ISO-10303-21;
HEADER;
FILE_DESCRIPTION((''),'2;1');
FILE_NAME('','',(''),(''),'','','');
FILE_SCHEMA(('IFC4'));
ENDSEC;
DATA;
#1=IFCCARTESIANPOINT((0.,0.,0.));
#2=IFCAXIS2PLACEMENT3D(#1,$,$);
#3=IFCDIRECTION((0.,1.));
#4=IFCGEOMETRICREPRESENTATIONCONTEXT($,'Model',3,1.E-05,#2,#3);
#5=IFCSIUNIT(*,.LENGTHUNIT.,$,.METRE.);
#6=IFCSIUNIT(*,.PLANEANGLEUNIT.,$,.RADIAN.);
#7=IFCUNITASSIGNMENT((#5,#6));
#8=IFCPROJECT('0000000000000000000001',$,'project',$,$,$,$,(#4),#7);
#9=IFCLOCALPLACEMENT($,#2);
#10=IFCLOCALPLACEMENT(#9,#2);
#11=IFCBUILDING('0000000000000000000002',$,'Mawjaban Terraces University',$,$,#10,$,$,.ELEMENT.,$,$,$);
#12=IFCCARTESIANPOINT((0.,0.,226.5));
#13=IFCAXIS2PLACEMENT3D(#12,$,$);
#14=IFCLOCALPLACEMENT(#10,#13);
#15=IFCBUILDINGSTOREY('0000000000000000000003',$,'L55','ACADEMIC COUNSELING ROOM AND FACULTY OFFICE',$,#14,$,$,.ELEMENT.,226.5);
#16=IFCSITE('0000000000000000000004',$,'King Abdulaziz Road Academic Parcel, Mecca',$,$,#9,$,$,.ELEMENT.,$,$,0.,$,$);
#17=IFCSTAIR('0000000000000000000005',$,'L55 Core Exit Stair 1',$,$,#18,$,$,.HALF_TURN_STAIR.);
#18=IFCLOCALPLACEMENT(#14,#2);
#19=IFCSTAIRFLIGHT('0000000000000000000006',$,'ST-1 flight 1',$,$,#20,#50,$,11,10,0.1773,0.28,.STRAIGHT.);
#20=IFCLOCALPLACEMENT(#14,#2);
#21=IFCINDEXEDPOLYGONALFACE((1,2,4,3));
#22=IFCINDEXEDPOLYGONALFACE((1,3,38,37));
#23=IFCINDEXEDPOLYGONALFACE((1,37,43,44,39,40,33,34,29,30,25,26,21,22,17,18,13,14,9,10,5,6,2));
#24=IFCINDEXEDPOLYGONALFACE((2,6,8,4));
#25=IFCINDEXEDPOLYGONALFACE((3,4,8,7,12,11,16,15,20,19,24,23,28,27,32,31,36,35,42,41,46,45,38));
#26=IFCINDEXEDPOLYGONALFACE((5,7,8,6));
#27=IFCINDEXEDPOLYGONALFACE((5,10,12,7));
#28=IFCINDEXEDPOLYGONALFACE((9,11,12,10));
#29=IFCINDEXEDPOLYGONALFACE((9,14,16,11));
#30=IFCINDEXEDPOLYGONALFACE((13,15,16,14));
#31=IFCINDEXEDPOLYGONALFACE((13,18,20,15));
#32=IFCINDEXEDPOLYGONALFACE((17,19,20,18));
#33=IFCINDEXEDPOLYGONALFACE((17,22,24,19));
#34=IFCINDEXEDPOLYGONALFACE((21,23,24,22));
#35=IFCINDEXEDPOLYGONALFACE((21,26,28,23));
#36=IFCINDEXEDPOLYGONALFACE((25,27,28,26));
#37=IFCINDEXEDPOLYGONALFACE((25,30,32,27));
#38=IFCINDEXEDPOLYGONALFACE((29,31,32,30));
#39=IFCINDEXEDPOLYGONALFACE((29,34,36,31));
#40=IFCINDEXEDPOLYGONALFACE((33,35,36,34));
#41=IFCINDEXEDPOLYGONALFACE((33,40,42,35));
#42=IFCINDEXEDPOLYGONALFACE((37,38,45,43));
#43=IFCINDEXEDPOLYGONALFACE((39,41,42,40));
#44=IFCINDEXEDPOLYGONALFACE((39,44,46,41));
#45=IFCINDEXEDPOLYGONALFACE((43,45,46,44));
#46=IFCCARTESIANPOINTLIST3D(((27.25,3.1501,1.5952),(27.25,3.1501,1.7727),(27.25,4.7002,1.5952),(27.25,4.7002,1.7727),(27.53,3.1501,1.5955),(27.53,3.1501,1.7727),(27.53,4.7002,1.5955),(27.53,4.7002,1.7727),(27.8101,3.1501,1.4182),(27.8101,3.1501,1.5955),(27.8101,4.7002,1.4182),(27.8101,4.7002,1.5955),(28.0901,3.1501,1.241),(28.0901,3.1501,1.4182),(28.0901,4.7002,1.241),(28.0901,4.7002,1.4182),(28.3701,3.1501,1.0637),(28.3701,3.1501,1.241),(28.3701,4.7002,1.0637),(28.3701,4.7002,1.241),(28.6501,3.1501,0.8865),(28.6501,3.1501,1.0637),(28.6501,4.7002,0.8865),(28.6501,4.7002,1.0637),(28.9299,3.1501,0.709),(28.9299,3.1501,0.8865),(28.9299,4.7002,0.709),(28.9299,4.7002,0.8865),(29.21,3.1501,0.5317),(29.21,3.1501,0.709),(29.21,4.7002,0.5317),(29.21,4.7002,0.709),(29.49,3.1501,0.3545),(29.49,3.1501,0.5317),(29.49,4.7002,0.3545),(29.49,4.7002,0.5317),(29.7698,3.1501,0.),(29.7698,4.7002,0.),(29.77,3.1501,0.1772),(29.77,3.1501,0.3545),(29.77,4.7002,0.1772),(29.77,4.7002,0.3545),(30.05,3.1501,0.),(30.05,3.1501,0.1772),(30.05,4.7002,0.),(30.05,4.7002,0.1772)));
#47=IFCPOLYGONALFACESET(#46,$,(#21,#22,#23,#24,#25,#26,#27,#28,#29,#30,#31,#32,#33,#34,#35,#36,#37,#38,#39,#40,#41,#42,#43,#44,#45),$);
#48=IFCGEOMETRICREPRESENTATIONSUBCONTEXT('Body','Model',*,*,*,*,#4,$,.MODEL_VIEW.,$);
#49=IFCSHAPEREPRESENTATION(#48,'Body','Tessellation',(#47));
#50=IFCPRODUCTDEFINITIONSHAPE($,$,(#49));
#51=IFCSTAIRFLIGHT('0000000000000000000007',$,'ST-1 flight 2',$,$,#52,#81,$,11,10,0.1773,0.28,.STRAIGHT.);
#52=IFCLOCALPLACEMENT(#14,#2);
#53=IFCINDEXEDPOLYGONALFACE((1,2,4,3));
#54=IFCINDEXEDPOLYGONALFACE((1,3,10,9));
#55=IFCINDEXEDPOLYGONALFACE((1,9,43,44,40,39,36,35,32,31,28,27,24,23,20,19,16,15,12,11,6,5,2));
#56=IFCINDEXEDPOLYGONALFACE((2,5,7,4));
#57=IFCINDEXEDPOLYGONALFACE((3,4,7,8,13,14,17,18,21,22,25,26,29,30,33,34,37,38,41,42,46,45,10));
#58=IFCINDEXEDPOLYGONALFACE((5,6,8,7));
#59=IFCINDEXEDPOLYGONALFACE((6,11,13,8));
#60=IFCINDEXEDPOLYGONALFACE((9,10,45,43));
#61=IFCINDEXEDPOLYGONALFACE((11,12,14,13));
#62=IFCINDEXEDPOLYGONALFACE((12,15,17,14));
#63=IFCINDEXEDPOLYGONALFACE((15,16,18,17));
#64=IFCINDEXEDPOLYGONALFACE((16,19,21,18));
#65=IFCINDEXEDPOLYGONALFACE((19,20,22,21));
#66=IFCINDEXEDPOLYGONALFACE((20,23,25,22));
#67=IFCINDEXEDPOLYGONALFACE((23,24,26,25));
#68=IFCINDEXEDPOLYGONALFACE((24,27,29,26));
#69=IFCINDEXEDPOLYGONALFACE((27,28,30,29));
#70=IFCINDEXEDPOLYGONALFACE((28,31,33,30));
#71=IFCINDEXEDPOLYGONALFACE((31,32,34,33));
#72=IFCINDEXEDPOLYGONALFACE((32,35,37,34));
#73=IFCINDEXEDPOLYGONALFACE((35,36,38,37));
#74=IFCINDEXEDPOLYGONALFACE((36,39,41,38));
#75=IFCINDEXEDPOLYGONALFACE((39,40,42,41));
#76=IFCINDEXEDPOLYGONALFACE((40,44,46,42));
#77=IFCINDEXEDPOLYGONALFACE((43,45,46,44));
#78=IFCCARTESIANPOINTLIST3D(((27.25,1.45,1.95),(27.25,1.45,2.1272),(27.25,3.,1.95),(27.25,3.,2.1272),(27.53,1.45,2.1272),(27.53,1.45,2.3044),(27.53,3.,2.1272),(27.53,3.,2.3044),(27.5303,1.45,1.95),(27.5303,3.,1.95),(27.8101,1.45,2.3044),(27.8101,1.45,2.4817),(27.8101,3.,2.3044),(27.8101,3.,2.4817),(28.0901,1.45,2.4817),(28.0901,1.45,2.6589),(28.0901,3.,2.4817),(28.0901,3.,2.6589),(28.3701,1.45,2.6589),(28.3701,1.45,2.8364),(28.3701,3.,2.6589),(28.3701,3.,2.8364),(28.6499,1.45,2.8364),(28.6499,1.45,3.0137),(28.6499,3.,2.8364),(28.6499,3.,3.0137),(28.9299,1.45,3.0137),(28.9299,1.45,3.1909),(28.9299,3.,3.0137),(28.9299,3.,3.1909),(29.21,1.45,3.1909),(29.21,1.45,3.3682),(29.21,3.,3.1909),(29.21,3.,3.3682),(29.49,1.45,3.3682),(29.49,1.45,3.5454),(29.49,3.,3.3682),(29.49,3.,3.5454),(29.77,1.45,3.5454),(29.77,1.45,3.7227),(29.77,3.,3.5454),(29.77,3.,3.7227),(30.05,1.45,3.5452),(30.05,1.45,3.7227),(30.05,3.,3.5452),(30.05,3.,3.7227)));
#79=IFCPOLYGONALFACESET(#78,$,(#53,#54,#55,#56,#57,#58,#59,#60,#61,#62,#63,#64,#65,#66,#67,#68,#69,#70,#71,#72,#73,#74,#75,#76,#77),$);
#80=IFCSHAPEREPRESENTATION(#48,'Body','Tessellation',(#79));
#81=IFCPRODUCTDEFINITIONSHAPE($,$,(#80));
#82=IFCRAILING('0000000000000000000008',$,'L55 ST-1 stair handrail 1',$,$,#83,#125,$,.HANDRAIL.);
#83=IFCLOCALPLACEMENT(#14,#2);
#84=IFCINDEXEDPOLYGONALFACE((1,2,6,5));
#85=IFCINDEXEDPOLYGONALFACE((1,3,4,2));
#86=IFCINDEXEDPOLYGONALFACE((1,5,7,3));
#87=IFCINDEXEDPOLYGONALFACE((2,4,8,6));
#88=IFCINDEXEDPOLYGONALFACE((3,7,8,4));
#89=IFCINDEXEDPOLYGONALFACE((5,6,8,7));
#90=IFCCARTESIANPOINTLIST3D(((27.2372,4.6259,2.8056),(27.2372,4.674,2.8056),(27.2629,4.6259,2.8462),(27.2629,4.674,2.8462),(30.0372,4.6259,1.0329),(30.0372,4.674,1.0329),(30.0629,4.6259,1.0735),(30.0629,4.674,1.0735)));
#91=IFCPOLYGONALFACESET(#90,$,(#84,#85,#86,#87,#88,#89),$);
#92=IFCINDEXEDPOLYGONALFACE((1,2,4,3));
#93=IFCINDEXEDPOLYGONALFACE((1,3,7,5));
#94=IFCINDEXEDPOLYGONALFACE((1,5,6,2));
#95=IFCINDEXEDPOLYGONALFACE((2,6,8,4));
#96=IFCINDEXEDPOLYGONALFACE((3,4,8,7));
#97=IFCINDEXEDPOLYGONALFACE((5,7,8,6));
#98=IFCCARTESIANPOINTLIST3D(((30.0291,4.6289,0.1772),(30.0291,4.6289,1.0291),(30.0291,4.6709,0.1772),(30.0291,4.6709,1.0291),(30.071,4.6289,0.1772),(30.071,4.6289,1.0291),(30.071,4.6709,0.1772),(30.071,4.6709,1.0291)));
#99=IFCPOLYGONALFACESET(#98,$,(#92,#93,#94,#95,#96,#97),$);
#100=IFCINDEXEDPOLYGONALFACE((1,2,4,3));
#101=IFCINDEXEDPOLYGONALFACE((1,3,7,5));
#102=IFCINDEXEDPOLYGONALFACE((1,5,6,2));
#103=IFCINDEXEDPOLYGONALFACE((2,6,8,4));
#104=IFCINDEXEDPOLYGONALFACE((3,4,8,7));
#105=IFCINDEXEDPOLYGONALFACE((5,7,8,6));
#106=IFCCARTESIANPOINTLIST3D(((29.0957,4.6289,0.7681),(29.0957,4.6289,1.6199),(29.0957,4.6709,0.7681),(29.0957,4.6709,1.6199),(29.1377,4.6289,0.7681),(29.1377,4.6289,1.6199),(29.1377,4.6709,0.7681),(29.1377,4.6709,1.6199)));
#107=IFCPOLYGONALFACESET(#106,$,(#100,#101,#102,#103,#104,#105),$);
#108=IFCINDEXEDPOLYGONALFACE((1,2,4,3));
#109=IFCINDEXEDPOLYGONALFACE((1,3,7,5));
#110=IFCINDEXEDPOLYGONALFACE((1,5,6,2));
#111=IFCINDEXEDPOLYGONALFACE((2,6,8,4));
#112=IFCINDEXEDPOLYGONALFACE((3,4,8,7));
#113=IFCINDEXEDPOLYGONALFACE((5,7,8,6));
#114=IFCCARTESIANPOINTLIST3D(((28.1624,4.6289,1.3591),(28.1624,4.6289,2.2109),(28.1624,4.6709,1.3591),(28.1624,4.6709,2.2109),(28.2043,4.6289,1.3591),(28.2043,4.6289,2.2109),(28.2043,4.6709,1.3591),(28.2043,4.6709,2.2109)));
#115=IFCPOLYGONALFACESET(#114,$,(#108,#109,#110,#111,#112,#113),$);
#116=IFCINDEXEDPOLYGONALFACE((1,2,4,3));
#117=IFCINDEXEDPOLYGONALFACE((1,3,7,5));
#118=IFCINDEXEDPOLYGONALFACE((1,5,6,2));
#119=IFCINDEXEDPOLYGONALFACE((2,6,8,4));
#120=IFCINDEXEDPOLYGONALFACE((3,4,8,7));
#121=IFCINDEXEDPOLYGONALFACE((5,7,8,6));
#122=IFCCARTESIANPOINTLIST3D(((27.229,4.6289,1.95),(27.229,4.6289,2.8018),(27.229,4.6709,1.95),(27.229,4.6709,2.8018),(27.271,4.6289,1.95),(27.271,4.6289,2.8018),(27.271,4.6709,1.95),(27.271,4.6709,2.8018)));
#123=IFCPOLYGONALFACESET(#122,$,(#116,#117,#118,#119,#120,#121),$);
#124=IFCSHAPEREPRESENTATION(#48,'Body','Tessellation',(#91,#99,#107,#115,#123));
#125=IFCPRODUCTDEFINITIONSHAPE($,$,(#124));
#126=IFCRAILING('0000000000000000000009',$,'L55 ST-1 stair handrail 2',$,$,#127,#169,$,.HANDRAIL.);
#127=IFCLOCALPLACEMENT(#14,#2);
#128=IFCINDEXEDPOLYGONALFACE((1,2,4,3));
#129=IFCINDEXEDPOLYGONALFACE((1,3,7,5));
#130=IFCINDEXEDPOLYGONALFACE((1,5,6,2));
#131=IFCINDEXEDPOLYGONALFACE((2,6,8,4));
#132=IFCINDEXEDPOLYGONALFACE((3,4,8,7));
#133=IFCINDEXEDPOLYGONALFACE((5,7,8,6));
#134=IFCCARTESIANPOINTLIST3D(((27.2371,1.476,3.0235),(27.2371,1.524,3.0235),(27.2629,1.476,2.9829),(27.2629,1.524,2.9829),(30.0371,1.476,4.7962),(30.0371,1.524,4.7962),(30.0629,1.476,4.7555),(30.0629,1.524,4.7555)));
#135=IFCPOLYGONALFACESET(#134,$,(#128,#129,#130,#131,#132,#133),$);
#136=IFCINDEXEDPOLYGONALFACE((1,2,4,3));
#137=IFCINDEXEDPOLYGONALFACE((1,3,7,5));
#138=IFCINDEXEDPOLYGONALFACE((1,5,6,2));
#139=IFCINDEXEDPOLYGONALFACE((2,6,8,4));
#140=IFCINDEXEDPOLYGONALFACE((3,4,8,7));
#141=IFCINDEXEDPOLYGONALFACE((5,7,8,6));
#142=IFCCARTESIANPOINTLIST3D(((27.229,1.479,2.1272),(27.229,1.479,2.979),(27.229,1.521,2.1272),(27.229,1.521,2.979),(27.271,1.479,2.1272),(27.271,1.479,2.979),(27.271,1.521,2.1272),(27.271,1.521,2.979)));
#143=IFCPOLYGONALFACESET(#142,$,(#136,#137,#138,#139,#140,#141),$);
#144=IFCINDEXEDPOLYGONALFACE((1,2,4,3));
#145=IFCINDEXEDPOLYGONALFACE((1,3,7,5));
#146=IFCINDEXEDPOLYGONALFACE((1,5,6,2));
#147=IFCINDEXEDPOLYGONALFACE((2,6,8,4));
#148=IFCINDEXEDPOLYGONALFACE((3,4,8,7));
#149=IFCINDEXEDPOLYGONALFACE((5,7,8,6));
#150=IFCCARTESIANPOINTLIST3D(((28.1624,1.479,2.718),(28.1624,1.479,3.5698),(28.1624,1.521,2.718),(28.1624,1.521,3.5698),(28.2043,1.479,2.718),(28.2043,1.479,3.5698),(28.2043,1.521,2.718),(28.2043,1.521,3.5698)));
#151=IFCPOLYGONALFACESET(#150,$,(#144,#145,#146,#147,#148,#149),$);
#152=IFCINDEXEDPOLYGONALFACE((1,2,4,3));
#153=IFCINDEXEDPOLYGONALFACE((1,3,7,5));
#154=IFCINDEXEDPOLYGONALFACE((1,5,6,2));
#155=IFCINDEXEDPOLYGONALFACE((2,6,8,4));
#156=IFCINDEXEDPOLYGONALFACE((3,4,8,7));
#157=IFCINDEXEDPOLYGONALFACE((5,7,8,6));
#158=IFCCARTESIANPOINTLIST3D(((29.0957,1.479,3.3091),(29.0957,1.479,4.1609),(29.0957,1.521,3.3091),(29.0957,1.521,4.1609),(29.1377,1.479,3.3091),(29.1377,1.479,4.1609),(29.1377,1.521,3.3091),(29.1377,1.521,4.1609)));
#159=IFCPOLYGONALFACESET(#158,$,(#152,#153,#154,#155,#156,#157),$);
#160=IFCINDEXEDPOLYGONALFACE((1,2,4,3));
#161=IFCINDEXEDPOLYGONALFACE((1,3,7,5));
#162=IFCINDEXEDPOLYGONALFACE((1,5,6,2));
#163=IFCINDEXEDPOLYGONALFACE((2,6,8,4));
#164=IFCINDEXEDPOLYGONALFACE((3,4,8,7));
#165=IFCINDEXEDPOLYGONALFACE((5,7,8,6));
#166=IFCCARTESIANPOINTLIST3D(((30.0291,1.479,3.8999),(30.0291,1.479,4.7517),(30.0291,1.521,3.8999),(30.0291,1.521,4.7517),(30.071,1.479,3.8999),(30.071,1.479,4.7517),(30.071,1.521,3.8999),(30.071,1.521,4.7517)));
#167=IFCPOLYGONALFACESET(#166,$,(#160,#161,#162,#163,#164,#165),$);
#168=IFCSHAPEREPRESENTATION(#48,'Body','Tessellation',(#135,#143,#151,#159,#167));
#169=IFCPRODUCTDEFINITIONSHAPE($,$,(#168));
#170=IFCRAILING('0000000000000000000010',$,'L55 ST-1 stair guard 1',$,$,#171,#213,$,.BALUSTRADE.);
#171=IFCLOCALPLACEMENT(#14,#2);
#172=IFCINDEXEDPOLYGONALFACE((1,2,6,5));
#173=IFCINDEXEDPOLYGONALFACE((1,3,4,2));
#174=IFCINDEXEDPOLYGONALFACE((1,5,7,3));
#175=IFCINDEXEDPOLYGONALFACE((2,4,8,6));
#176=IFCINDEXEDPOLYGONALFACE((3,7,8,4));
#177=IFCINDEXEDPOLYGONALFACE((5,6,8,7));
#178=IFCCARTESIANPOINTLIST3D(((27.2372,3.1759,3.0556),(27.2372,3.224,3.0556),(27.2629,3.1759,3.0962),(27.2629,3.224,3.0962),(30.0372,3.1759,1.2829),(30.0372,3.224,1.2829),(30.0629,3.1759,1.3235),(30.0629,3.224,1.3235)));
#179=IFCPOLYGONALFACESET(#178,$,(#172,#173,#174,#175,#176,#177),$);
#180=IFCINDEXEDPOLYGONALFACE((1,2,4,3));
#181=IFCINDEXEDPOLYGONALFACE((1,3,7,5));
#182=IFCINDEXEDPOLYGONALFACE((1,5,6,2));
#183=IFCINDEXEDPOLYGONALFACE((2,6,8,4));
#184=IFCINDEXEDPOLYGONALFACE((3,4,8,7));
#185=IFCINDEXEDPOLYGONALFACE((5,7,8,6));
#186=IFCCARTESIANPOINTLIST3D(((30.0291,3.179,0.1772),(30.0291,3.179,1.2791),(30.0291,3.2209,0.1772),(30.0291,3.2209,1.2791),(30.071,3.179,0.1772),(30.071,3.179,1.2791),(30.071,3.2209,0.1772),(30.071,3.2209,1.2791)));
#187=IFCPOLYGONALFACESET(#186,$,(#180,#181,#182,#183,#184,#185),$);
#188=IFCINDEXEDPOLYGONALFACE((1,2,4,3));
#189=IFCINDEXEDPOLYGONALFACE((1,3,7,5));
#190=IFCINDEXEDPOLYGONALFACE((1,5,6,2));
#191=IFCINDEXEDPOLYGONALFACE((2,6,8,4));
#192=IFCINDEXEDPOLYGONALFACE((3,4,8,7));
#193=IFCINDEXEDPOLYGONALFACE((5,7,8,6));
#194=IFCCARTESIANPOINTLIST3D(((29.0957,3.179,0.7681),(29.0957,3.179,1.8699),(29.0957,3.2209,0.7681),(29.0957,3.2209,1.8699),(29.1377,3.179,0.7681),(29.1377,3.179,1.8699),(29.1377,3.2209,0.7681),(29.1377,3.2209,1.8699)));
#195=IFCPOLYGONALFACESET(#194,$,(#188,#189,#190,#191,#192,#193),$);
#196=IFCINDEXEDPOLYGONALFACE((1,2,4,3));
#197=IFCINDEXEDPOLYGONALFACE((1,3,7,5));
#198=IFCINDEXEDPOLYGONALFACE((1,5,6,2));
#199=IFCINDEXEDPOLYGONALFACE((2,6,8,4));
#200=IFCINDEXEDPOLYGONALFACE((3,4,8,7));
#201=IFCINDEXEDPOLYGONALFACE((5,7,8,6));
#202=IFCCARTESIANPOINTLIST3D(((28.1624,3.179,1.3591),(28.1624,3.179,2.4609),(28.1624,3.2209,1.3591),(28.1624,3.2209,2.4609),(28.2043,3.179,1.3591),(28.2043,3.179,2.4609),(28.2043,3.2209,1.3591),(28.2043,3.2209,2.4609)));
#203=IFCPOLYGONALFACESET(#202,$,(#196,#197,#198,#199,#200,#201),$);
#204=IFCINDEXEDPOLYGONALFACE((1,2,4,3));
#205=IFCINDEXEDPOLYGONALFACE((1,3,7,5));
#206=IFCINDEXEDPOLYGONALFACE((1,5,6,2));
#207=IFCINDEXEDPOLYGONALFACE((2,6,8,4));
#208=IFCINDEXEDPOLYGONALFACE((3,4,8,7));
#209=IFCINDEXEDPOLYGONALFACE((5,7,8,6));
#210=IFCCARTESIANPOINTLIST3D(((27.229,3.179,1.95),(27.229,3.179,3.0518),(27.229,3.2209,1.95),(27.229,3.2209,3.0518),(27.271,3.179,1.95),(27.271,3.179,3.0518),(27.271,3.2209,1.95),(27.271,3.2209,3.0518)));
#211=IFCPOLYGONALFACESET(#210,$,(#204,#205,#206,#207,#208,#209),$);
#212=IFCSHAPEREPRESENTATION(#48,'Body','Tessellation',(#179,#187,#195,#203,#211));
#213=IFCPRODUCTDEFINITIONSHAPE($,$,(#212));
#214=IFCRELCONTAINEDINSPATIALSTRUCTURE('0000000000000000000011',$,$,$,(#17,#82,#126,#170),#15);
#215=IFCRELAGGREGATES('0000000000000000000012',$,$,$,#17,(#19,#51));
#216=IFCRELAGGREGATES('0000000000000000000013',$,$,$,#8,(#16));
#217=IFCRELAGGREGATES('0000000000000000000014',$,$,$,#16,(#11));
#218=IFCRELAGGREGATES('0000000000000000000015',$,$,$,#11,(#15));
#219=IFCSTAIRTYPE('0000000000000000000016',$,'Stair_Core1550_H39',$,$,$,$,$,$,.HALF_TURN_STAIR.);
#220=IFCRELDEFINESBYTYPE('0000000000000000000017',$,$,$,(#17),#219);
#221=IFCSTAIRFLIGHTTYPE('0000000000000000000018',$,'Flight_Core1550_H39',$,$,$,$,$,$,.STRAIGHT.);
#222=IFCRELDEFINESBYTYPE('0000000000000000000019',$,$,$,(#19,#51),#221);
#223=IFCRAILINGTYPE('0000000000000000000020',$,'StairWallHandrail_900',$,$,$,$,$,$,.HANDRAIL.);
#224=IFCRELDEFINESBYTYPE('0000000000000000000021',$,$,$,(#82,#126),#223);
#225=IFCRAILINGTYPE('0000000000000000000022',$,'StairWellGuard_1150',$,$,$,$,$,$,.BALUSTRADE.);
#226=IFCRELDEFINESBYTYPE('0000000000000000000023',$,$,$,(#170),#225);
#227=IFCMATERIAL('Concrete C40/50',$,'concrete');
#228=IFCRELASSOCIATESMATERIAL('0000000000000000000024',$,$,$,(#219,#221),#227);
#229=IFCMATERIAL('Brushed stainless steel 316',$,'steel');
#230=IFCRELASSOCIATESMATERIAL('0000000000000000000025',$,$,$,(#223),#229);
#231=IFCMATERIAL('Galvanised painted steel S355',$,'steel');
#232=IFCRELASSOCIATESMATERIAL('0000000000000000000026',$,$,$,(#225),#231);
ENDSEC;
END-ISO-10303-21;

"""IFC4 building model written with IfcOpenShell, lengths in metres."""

from ifc_helpers import new_model, si_unit, direction, frame, origin, origin_2d, place, context, subcontext, project, spatial, polyline, rectangle, outline, extrude, material, type_object, element, aggregate, save


model = new_model("IFC4")

# Units and contexts
model_context = context("Model", 3, precision=1e-05, world=origin(), true_north=direction((0.0, 1.0)))
body_context = subcontext(model_context, "Body", "Model", "MODEL_VIEW")
ifc_project = project(units=[si_unit("LENGTHUNIT", "METRE"), si_unit("PLANEANGLEUNIT", "RADIAN")], contexts=[model_context])

# Site, building, storey
site_placement = place(None, origin())
site = spatial("IfcSite", under=ifc_project, at=site_placement, Name="King Abdulaziz Road Academic Parcel, Mecca", CompositionType="ELEMENT", RefElevation=0.0)
building_placement = place(site_placement, origin())
building = spatial("IfcBuilding", under=site, at=building_placement, Name="Mawjaban Terraces University", CompositionType="ELEMENT")
storey_placement = place(building_placement, frame((0.0, 0.0, 226.5)))
storey = spatial("IfcBuildingStorey", under=building, at=storey_placement, Name="L55", Description="ACADEMIC COUNSELING ROOM AND FACULTY OFFICE", CompositionType="ELEMENT", Elevation=226.5)

# Shared definitions
ifc_material_1 = material(Name="Concrete C40/50", Category="concrete")

# Stair, stair flights
stair_type = type_object("IfcStairType", Name="Stair_Core1550_H39", PredefinedType="HALF_TURN_STAIR", material=ifc_material_1)
stair_placement = place(storey_placement, origin())
stair = element("IfcStair", 1, at=stair_placement, inside=storey, type_object=stair_type, Name="L55 Core Exit Stair 1", PredefinedType="HALF_TURN_STAIR")
stair_flight_type = type_object("IfcStairFlightType", Name="Flight_Core1550_H39", PredefinedType="STRAIGHT", material=ifc_material_1)
stair_flight_1_placement = place(storey_placement, frame((30.05, 3.925, 0.0), z_axis=(0.0, 0.0, 1.0), x_axis=(-1.0, 0.0, 0.0)))
stair_flight_1 = element("IfcStairFlight", 2, at=stair_flight_1_placement, type_object=stair_flight_type, Name="ST-1 flight 1", NumberOfRisers=11, NumberOfTreads=10, PredefinedType="STRAIGHT", RiserHeight=0.1773, TreadLength=0.28, context=body_context, shape_type="SweptSolid", body=[
    extrude(outline(polyline([(0.0, 0.0), (0.0, 0.1772), (0.28, 0.1772), (0.28, 0.3545), (0.5601, 0.3545), (0.5601, 0.5317), (0.8401, 0.5317), (0.8401, 0.709), (1.1201, 0.709), (1.1201, 0.8865), (1.3999, 0.8865), (1.3999, 1.0637), (1.6799, 1.0637), (1.6799, 1.241), (1.96, 1.241), (1.96, 1.4182), (2.24, 1.4182), (2.24, 1.5955), (2.52, 1.5955), (2.52, 1.7727), (2.8, 1.7727), (2.8, 1.95), (2.8, 1.5952), (0.2803, 0.0), (0.0, 0.0)])), frame((0.0, 0.7749, 0.0), z_axis=(0.0, -1.0, 0.0), x_axis=(1.0, 0.0, 0.0)), (0.0, 0.0, 1.0), 1.55),
])
stair_flight_2_placement = place(storey_placement, frame((27.25, 2.2251, 1.95), z_axis=(0.0, 0.0, 1.0), x_axis=(1.0, 0.0, 0.0)))
stair_flight_2 = element("IfcStairFlight", 3, at=stair_flight_2_placement, type_object=stair_flight_type, Name="ST-1 flight 2", NumberOfRisers=11, NumberOfTreads=10, PredefinedType="STRAIGHT", RiserHeight=0.1773, TreadLength=0.28, context=body_context, shape_type="SweptSolid", body=[
    extrude(outline(polyline([(0.0, 0.0), (0.0, 0.1772), (0.28, 0.1772), (0.28, 0.3545), (0.5601, 0.3545), (0.5601, 0.5317), (0.8401, 0.5317), (0.8401, 0.709), (1.1201, 0.709), (1.1201, 0.8865), (1.3999, 0.8865), (1.3999, 1.0637), (1.6799, 1.0637), (1.6799, 1.241), (1.96, 1.241), (1.96, 1.4182), (2.24, 1.4182), (2.24, 1.5955), (2.52, 1.5955), (2.52, 1.7727), (2.8, 1.7727), (2.8, 1.95), (2.8, 1.5952), (0.2803, 0.0), (0.0, 0.0)])), frame((0.0, 0.7749, 0.0), z_axis=(0.0, -1.0, 0.0), x_axis=(1.0, 0.0, 0.0)), (0.0, 0.0, 1.0), 1.55),
])
aggregate(stair, [stair_flight_1, stair_flight_2])

# Railings
ifc_material_2 = material(Name="Brushed stainless steel 316", Category="steel")
railing_type_1 = type_object("IfcRailingType", Name="StairWallHandrail_900", PredefinedType="HANDRAIL", material=ifc_material_2)
railing_1_placement = place(storey_placement, frame((30.05, 4.6499, 0.1772)))
element("IfcRailing", 4, at=railing_1_placement, inside=storey, type_object=railing_type_1, Name="L55 ST-1 stair handrail 1", PredefinedType="HANDRAIL", context=body_context, shape_type="SweptSolid", body=[
    extrude(rectangle(XDim=0.0481, YDim=0.0481, at=origin_2d()), frame((0.0, 0.0, 0.876), z_axis=(-0.844909, 0.0, 0.53491), x_axis=(0.0, -1.0, 0.0)), (0.0, 0.0, 1.0), 3.314),
    extrude(rectangle(XDim=0.042, YDim=0.042, at=origin_2d()), origin(), (0.0, 0.0, 1.0), 0.8518),
    extrude(rectangle(XDim=0.042, YDim=0.042, at=origin_2d()), frame((-0.9333, 0.0, 0.5908)), (0.0, 0.0, 1.0), 0.8518),
    extrude(rectangle(XDim=0.042, YDim=0.042, at=origin_2d()), frame((-1.8667, 0.0, 1.1819)), (0.0, 0.0, 1.0), 0.8518),
    extrude(rectangle(XDim=0.042, YDim=0.042, at=origin_2d()), frame((-2.8, 0.0, 1.7727)), (0.0, 0.0, 1.0), 0.8518),
])
railing_2_placement = place(storey_placement, frame((27.25, 1.5, 2.1272)))
element("IfcRailing", 5, at=railing_2_placement, inside=storey, type_object=railing_type_1, Name="L55 ST-1 stair handrail 2", PredefinedType="HANDRAIL", context=body_context, shape_type="SweptSolid", body=[
    extrude(rectangle(XDim=0.0481, YDim=0.0481, at=origin_2d()), frame((0.0, 0.0, 0.876), z_axis=(0.844909, 0.0, 0.53491), x_axis=(0.0, 1.0, 0.0)), (0.0, 0.0, 1.0), 3.314),
    extrude(rectangle(XDim=0.042, YDim=0.042, at=origin_2d()), origin(), (0.0, 0.0, 1.0), 0.8518),
    extrude(rectangle(XDim=0.042, YDim=0.042, at=origin_2d()), frame((0.9333, 0.0, 0.5908)), (0.0, 0.0, 1.0), 0.8518),
    extrude(rectangle(XDim=0.042, YDim=0.042, at=origin_2d()), frame((1.8667, 0.0, 1.1819)), (0.0, 0.0, 1.0), 0.8518),
    extrude(rectangle(XDim=0.042, YDim=0.042, at=origin_2d()), frame((2.8, 0.0, 1.7727)), (0.0, 0.0, 1.0), 0.8518),
])
ifc_material_3 = material(Name="Galvanised painted steel S355", Category="steel")
railing_type_2 = type_object("IfcRailingType", Name="StairWellGuard_1150", PredefinedType="BALUSTRADE", material=ifc_material_3)
railing_3_placement = place(storey_placement, frame((30.05, 3.2, 0.1772)))
element("IfcRailing", 6, at=railing_3_placement, inside=storey, type_object=railing_type_2, Name="L55 ST-1 stair guard 1", PredefinedType="BALUSTRADE", context=body_context, shape_type="SweptSolid", body=[
    extrude(rectangle(XDim=0.0481, YDim=0.0481, at=origin_2d()), frame((0.0, 0.0, 1.126), z_axis=(-0.844909, 0.0, 0.53491), x_axis=(0.0, -1.0, 0.0)), (0.0, 0.0, 1.0), 3.314),
    extrude(rectangle(XDim=0.042, YDim=0.042, at=origin_2d()), origin(), (0.0, 0.0, 1.0), 1.1018),
    extrude(rectangle(XDim=0.042, YDim=0.042, at=origin_2d()), frame((-0.9333, 0.0, 0.5908)), (0.0, 0.0, 1.0), 1.1018),
    extrude(rectangle(XDim=0.042, YDim=0.042, at=origin_2d()), frame((-1.8667, 0.0, 1.1819)), (0.0, 0.0, 1.0), 1.1018),
    extrude(rectangle(XDim=0.042, YDim=0.042, at=origin_2d()), frame((-2.8, 0.0, 1.7727)), (0.0, 0.0, 1.0), 1.1018),
])

save(model, "model.ifc")
